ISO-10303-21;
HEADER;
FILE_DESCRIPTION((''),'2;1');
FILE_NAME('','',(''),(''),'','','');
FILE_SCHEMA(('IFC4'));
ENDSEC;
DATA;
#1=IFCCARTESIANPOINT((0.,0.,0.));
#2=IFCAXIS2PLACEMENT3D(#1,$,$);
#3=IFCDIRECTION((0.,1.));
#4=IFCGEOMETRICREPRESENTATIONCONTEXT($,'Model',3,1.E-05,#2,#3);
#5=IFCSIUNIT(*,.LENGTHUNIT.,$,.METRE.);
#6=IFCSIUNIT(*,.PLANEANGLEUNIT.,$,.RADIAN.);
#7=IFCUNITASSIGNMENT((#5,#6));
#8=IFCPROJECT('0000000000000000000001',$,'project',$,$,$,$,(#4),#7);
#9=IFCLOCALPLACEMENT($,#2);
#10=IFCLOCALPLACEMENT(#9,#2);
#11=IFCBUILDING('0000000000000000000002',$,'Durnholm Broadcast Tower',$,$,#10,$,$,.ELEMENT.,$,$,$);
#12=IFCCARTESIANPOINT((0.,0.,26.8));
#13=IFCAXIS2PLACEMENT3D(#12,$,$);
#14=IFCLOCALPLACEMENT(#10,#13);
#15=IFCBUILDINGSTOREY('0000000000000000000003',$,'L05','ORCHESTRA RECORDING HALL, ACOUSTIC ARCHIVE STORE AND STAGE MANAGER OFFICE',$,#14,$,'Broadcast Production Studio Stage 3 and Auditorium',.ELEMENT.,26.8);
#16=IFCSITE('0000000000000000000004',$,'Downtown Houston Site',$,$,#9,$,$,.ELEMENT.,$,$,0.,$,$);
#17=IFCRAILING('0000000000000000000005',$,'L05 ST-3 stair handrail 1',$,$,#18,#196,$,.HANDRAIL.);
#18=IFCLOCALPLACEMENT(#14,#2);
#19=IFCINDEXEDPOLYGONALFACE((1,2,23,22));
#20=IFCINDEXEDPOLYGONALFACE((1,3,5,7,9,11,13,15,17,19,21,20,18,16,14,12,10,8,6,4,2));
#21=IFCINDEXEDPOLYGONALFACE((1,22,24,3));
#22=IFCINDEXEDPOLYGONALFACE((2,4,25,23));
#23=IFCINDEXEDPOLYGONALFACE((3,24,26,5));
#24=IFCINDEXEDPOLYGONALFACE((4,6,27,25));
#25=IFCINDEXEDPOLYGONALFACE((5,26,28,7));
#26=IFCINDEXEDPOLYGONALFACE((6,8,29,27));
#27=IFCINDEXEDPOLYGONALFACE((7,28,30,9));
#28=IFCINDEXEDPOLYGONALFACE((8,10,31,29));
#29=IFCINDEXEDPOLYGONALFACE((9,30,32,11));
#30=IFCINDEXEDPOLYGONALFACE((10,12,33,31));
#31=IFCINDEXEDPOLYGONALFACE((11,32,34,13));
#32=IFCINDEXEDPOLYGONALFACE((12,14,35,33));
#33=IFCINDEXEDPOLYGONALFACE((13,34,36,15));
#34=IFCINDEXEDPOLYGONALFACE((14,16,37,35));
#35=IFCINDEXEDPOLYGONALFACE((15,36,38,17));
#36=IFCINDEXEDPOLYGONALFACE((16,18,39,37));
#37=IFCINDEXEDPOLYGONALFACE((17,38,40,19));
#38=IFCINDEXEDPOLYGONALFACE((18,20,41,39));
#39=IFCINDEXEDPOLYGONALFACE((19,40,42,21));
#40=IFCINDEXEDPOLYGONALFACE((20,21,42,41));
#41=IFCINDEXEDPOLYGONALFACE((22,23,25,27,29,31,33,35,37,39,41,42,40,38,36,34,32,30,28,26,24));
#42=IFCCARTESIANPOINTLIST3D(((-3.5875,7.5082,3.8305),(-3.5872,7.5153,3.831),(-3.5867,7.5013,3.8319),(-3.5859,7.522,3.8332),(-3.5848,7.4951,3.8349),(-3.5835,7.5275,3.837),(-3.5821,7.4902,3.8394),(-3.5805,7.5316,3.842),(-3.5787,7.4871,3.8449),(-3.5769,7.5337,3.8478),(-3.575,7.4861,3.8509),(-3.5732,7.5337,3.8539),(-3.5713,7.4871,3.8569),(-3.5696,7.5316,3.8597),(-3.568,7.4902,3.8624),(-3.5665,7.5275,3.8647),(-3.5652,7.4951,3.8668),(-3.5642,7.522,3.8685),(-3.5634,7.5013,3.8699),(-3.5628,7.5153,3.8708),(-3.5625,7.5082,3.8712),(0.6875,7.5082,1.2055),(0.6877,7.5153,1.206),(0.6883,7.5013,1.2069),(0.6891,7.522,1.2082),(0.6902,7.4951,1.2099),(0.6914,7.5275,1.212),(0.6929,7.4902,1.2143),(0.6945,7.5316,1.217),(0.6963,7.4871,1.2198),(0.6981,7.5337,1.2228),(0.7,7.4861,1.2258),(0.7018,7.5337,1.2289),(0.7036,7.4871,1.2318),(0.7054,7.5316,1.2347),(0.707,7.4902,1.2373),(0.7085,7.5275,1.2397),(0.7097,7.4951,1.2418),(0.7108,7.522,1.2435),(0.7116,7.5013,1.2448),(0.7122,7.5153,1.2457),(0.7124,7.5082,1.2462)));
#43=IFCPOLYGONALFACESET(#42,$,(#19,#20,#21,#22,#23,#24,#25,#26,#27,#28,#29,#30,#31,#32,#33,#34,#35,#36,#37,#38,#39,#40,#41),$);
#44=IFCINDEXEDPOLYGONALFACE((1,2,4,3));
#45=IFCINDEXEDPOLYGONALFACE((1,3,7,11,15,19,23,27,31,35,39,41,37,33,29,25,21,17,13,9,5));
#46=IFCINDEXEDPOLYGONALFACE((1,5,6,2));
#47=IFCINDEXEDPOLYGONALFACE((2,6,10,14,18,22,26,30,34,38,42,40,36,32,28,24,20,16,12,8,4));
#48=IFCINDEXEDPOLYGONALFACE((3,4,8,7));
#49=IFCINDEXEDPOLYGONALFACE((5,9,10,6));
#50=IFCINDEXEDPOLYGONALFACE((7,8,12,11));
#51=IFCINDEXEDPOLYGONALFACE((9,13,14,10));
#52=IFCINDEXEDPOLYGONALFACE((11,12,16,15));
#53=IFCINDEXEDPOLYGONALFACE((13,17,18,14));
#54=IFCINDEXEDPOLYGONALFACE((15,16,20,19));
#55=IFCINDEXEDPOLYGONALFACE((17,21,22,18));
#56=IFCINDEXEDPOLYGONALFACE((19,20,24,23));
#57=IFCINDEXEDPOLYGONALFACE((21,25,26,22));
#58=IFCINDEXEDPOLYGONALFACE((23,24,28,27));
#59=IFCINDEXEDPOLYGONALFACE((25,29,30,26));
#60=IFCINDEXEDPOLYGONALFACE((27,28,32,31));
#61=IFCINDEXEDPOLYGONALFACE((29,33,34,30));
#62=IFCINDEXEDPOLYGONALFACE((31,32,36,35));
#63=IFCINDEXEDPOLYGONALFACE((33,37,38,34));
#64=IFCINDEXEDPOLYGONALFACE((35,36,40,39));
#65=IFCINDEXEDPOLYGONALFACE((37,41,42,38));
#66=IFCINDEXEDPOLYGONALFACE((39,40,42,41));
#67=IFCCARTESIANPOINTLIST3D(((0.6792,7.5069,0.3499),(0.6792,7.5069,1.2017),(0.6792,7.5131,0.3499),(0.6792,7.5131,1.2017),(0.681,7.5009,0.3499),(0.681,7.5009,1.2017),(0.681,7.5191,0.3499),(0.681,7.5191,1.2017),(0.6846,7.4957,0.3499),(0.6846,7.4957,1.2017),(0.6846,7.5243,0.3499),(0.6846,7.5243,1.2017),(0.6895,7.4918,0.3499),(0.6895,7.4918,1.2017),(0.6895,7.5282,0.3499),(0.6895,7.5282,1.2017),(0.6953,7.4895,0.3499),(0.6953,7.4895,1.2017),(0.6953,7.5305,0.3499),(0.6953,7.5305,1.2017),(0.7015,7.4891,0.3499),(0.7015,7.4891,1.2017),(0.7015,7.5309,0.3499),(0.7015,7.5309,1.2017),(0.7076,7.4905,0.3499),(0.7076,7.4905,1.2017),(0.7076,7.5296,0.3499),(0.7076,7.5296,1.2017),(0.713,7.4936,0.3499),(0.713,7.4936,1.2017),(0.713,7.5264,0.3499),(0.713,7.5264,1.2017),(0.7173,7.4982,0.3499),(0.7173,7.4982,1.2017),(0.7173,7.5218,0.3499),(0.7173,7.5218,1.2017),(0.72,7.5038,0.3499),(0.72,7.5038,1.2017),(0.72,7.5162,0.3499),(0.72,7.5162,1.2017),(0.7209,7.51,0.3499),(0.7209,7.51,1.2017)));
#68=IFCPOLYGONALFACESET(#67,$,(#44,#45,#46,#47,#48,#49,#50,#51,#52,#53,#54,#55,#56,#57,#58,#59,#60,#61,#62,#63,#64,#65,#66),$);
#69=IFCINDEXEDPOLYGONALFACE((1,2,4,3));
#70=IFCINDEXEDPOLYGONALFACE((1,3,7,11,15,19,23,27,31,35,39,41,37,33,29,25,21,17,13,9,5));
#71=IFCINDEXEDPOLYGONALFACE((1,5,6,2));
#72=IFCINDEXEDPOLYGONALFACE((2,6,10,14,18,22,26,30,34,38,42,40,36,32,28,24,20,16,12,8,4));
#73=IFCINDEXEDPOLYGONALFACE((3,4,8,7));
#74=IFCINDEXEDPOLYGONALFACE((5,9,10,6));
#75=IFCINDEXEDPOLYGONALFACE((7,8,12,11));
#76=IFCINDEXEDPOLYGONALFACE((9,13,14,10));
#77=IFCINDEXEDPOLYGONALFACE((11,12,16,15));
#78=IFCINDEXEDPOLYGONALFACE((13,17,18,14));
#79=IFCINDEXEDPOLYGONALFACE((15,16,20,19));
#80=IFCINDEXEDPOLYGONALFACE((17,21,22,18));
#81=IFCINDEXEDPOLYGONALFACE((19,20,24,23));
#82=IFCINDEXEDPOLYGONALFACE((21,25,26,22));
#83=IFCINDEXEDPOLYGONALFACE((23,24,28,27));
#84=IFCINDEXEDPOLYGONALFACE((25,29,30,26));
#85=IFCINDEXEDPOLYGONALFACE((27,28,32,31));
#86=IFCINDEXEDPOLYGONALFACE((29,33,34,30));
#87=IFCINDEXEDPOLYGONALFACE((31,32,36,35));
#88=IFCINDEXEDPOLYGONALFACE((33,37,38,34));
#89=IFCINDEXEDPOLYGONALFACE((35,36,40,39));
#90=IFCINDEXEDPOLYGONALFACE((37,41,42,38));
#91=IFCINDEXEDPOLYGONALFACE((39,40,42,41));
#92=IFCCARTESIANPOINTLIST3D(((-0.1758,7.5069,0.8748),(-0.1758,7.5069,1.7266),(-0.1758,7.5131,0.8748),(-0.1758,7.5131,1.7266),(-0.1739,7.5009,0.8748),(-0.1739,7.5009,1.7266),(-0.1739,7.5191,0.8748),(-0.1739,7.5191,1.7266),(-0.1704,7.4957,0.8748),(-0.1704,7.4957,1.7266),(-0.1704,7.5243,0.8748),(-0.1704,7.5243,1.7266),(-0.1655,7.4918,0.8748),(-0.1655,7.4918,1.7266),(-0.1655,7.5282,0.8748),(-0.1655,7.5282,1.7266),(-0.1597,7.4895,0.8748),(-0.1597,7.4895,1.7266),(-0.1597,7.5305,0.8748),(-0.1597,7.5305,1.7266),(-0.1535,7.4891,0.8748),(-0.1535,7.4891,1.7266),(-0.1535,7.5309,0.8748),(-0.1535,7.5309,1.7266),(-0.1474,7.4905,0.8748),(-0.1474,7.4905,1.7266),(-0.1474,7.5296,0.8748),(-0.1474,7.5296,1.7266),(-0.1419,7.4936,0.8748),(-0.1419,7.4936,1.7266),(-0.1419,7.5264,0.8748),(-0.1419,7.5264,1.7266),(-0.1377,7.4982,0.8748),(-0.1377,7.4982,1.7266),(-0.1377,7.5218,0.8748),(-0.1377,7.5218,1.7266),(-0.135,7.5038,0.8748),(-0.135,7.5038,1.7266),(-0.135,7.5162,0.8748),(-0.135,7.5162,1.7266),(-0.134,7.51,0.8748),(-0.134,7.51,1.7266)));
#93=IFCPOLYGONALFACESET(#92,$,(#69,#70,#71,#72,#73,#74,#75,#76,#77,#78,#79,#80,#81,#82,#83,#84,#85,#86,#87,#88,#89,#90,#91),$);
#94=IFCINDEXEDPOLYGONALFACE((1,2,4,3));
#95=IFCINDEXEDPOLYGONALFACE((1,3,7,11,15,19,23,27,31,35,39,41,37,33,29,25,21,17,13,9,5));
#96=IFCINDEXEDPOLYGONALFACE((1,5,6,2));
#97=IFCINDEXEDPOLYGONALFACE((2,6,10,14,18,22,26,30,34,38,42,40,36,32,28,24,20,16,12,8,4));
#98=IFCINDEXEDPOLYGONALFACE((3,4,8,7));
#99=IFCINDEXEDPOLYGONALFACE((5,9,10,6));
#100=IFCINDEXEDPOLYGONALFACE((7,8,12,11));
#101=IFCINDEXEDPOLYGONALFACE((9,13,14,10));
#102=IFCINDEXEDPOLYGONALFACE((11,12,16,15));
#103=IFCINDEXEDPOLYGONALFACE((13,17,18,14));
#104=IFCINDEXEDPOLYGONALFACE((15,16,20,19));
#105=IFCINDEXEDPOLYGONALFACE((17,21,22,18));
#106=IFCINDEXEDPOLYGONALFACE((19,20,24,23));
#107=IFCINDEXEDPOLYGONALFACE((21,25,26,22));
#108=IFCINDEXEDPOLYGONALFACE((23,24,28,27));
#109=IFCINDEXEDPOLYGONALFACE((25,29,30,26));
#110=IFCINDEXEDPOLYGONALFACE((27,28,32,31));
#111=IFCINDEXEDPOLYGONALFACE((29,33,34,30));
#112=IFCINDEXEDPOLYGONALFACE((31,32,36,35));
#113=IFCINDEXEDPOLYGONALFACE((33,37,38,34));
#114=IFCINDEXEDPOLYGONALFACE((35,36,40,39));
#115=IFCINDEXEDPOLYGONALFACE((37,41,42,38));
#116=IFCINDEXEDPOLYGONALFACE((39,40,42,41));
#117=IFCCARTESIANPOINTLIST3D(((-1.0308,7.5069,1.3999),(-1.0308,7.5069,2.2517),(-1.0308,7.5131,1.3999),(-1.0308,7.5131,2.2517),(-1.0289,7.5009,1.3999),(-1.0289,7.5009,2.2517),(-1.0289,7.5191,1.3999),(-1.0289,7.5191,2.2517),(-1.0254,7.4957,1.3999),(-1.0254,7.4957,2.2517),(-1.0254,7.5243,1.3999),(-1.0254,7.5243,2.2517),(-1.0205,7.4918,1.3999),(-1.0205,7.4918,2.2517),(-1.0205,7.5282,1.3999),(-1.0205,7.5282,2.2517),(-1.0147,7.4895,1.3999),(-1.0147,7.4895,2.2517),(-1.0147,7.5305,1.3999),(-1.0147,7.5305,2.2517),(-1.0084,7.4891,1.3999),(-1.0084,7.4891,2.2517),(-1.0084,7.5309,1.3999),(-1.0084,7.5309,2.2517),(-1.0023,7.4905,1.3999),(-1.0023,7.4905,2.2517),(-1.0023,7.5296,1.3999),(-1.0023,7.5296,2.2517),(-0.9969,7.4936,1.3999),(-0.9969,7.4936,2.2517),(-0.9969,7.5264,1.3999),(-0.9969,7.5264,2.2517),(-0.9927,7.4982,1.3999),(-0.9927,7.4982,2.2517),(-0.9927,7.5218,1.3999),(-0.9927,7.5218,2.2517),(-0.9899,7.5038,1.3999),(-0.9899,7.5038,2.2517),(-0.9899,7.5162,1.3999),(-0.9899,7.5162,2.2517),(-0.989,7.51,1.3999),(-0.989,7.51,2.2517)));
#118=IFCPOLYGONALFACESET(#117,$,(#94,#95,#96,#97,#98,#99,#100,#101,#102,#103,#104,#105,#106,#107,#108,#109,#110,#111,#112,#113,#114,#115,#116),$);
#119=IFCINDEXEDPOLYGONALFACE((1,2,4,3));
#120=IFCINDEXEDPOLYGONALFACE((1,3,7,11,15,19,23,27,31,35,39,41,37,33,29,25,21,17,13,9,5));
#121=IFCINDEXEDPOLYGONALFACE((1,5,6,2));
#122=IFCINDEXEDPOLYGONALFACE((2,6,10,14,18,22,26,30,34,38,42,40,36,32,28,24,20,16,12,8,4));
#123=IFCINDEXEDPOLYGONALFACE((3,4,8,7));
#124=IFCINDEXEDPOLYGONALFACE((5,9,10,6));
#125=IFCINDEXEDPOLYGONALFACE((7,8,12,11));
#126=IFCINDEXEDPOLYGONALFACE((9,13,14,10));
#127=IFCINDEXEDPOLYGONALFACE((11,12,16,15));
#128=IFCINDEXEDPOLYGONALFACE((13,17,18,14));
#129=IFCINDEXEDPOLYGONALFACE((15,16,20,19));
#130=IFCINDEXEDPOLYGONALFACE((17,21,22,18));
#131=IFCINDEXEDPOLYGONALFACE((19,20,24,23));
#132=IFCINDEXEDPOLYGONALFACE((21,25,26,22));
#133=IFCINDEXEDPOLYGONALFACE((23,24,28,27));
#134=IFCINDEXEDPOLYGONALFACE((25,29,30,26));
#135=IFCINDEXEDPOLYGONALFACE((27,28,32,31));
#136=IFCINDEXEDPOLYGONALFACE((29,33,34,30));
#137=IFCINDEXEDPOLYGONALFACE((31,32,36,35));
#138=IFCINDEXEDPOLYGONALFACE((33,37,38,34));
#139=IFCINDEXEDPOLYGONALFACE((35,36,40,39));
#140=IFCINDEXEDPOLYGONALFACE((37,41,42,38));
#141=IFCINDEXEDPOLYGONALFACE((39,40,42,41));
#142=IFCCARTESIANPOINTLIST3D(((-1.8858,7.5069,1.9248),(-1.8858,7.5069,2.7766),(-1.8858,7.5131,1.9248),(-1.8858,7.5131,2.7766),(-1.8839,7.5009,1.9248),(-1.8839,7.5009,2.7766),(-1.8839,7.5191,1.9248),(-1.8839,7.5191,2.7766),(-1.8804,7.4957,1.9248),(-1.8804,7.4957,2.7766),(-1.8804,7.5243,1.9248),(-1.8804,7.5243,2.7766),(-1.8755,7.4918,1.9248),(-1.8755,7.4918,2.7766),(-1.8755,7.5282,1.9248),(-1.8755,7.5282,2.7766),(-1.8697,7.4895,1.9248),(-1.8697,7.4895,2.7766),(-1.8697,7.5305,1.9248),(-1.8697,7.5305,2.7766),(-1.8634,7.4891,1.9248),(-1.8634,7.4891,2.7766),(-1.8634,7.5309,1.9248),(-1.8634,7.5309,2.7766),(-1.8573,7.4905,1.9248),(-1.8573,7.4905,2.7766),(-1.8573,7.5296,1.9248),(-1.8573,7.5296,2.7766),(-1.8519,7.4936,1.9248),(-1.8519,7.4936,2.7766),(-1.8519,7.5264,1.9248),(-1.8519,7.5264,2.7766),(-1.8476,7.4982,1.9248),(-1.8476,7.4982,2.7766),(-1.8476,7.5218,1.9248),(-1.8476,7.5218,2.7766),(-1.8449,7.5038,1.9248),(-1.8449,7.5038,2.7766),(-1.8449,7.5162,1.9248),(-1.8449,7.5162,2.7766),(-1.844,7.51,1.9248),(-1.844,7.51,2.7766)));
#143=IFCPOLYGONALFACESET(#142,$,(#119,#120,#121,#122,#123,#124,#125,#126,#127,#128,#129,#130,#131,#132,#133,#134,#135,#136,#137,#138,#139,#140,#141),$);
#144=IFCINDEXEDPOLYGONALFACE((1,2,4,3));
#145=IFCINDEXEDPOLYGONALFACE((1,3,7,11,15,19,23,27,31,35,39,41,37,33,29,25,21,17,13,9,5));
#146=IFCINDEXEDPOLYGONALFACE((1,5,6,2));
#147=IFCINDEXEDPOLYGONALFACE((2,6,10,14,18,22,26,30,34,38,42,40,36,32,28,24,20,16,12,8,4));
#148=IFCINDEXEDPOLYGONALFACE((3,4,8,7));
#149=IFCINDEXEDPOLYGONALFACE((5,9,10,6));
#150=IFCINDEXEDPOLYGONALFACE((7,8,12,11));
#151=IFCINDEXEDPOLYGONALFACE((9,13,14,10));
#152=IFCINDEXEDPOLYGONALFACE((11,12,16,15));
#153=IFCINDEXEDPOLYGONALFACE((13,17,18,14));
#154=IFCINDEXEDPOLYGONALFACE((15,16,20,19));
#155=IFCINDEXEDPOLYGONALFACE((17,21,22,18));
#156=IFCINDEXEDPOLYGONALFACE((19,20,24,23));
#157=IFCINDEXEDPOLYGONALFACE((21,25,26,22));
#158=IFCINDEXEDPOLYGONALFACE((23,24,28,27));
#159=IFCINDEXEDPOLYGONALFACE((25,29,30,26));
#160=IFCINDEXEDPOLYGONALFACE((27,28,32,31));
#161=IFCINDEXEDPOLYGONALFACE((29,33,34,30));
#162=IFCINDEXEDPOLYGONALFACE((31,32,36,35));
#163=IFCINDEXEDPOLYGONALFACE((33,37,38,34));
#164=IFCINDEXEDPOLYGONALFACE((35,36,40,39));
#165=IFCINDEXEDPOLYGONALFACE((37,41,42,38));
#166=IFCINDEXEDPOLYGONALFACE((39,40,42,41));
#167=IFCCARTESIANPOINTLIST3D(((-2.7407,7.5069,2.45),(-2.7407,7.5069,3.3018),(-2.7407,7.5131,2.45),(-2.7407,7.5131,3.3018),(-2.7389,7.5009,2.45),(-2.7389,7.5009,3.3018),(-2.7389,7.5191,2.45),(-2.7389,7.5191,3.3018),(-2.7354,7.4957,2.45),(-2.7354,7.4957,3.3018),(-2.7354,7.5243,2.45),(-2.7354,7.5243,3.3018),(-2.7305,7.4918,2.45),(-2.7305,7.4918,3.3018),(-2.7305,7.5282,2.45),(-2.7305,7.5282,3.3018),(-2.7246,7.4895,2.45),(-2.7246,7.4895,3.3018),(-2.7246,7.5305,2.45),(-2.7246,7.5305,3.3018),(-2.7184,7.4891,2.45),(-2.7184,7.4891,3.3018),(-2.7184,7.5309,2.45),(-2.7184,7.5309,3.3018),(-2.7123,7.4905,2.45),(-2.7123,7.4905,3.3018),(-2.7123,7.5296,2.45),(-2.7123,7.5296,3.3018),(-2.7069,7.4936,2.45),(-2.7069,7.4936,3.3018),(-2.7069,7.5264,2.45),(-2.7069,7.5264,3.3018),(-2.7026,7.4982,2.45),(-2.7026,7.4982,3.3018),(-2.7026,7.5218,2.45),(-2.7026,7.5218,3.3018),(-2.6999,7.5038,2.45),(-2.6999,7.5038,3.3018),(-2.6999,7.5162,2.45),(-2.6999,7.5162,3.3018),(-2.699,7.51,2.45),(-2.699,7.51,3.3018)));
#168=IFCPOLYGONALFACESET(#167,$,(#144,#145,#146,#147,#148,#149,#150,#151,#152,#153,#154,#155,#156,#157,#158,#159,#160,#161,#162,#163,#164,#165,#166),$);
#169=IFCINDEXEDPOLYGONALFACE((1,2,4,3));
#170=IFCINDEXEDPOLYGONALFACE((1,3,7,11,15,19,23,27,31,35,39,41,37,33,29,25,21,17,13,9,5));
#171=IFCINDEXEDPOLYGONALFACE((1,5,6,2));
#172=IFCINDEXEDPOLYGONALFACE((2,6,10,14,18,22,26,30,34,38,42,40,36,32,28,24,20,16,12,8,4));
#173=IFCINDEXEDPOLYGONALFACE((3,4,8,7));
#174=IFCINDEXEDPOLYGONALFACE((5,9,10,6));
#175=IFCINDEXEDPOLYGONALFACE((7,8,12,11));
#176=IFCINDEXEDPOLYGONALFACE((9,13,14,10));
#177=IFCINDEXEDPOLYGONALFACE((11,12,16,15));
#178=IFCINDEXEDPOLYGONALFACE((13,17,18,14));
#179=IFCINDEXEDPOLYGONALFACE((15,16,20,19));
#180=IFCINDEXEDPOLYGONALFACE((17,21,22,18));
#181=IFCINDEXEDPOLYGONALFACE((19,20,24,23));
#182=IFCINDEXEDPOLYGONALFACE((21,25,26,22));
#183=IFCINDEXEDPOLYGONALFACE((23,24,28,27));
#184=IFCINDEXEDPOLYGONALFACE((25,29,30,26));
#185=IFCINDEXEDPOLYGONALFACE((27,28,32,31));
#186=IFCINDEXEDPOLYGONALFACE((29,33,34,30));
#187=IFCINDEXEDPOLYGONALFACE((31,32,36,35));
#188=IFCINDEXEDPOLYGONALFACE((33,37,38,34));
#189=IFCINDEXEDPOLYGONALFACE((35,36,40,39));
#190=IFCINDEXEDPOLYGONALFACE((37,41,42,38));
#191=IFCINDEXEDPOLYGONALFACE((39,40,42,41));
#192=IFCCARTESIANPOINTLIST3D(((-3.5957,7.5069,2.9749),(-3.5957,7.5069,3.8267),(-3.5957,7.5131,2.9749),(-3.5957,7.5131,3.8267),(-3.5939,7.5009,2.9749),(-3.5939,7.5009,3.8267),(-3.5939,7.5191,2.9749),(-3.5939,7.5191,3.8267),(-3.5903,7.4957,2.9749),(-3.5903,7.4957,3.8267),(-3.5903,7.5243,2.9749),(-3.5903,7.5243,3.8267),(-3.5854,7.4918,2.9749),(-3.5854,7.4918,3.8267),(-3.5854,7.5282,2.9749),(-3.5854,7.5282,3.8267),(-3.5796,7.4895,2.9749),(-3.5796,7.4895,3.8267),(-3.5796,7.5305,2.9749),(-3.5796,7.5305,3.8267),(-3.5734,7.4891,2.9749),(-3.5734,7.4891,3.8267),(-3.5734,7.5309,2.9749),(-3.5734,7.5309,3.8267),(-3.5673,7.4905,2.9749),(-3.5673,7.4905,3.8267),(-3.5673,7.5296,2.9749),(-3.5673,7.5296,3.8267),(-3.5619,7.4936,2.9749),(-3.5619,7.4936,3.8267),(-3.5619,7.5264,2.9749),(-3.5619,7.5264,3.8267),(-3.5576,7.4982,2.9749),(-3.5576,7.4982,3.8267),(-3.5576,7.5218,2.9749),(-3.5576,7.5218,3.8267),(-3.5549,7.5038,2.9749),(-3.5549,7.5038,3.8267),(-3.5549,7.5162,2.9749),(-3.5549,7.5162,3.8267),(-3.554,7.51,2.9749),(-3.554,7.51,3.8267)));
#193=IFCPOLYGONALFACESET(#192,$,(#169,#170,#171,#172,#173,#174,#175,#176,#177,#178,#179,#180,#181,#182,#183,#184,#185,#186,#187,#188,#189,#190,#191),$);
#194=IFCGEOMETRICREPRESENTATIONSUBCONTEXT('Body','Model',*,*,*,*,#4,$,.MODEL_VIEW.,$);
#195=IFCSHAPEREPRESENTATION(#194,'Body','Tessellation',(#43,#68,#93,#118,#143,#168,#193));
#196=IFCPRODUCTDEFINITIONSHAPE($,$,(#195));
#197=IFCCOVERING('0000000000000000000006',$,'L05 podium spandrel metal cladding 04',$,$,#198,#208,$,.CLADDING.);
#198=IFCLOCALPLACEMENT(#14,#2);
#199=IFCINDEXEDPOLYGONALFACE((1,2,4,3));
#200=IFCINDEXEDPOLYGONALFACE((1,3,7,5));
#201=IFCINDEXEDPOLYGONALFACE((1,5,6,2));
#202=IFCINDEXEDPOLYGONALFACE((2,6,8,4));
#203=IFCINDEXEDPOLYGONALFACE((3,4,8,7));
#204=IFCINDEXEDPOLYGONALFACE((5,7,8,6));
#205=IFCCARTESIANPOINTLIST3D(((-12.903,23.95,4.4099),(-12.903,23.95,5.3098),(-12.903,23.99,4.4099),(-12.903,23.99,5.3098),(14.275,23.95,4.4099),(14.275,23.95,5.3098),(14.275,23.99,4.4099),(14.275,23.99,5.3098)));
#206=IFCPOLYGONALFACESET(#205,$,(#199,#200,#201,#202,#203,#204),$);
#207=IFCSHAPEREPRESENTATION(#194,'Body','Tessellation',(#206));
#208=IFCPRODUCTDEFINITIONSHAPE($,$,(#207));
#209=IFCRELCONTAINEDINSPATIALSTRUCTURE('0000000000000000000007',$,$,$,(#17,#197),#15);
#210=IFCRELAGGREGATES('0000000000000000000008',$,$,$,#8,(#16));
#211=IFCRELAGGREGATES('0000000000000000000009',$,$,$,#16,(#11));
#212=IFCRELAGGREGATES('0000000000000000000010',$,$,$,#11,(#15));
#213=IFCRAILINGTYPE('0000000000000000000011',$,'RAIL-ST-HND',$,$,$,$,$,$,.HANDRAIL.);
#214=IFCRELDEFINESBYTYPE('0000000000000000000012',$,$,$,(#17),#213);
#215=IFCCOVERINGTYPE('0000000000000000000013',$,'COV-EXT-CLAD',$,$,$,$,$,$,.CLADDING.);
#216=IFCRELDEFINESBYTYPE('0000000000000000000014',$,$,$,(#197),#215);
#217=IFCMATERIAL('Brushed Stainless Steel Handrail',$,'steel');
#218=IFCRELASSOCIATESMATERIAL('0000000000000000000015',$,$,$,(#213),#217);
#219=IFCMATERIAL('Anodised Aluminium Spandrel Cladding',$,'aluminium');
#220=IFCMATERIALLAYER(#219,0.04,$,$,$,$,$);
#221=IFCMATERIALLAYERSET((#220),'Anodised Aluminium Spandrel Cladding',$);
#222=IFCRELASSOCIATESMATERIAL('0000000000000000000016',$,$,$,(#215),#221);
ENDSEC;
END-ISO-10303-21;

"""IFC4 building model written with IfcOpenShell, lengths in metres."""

from ifc_helpers import new_model, si_unit, direction, frame, origin, origin_2d, place, context, subcontext, project, spatial, rectangle, circle, extrude, source, transform, mapped, material, layer, layer_set, type_object, type_shapes, element, save


model = new_model("IFC4")

# Units and contexts
model_context = context("Model", 3, precision=1e-05, world=origin(), true_north=direction((0.0, 1.0)))
body_context = subcontext(model_context, "Body", "Model", "MODEL_VIEW")
ifc_project = project(units=[si_unit("LENGTHUNIT", "METRE"), si_unit("PLANEANGLEUNIT", "RADIAN")], contexts=[model_context])

# Site, building, storey
site_placement = place(None, origin())
site = spatial("IfcSite", under=ifc_project, at=site_placement, Name="Downtown Houston Site", CompositionType="ELEMENT", RefElevation=0.0)
building_placement = place(site_placement, origin())
building = spatial("IfcBuilding", under=site, at=building_placement, Name="Durnholm Broadcast Tower", CompositionType="ELEMENT")
storey_placement = place(building_placement, frame((0.0, 0.0, 26.8)))
storey = spatial("IfcBuildingStorey", under=building, at=storey_placement, Name="L05", Description="ORCHESTRA RECORDING HALL, ACOUSTIC ARCHIVE STORE AND STAGE MANAGER OFFICE", LongName="Broadcast Production Studio Stage 3 and Auditorium", CompositionType="ELEMENT", Elevation=26.8)

# Railing
ifc_material_1 = material(Name="Brushed Stainless Steel Handrail", Category="steel")
railing_type_1 = type_object("IfcRailingType", Name="RAIL-ST-HND", PredefinedType="HANDRAIL", material=ifc_material_1)
railing_1_placement = place(storey_placement, frame((0.7, 7.51, 0.3499)))
element("IfcRailing", 1, at=railing_1_placement, inside=storey, type_object=railing_type_1, Name="L05 ST-3 stair handrail 1", PredefinedType="HANDRAIL", context=body_context, shape_type="SweptSolid", body=[
    extrude(circle(Radius=0.0239, at=origin_2d()), frame((0.0, 0.0, 0.876), z_axis=(-0.852166, 0.0, 0.523272), x_axis=(0.0, -1.0, 0.0)), (0.0, 0.0, 1.0), 5.0166),
    extrude(circle(Radius=0.021, at=origin_2d()), origin(), (0.0, 0.0, 1.0), 0.8518),
    extrude(circle(Radius=0.021, at=origin_2d()), frame((-0.855, 0.0, 0.5249)), (0.0, 0.0, 1.0), 0.8518),
    extrude(circle(Radius=0.021, at=origin_2d()), frame((-1.71, 0.0, 1.05)), (0.0, 0.0, 1.0), 0.8518),
    extrude(circle(Radius=0.021, at=origin_2d()), frame((-2.5649, 0.0, 1.575)), (0.0, 0.0, 1.0), 0.8518),
    extrude(circle(Radius=0.021, at=origin_2d()), frame((-3.4199, 0.0, 2.1001)), (0.0, 0.0, 1.0), 0.8518),
    extrude(circle(Radius=0.021, at=origin_2d()), frame((-4.2749, 0.0, 2.625)), (0.0, 0.0, 1.0), 0.8518),
])

# Covering
ifc_material_2 = material(Name="Anodised Aluminium Spandrel Cladding", Category="aluminium")
ifc_layer_1 = layer(ifc_material_2, 0.04)
ifc_layer_set_1 = layer_set([ifc_layer_1], Name="Anodised Aluminium Spandrel Cladding")
covering_type = type_object("IfcCoveringType", Name="COV-EXT-CLAD", PredefinedType="CLADDING", material=ifc_layer_set_1)
shared_shape_1 = source(origin(), body_context, "Body", "SweptSolid", [
    extrude(rectangle(XDim=27.178, YDim=0.04, at=origin_2d()), origin(), (0.0, 0.0, 1.0), 0.8999),
])
type_shapes(covering_type, [shared_shape_1])
covering_placement = place(storey_placement, frame((0.686, 23.97, 4.4099), z_axis=(0.0, 0.0, 1.0), x_axis=(1.0, 0.0, 0.0)))
element("IfcCovering", 2, at=covering_placement, inside=storey, type_object=covering_type, Name="L05 podium spandrel metal cladding 04", PredefinedType="CLADDING", context=body_context, shape_type="MappedRepresentation", body=[
    mapped(shared_shape_1, transform((0.0, 0.0, 0.0), x_axis=(1.0, 0.0, 0.0), y_axis=(0.0, 1.0, 0.0), z_axis=(0.0, 0.0, 1.0), scale=1.0)),
])

save(model, "model.ifc")
